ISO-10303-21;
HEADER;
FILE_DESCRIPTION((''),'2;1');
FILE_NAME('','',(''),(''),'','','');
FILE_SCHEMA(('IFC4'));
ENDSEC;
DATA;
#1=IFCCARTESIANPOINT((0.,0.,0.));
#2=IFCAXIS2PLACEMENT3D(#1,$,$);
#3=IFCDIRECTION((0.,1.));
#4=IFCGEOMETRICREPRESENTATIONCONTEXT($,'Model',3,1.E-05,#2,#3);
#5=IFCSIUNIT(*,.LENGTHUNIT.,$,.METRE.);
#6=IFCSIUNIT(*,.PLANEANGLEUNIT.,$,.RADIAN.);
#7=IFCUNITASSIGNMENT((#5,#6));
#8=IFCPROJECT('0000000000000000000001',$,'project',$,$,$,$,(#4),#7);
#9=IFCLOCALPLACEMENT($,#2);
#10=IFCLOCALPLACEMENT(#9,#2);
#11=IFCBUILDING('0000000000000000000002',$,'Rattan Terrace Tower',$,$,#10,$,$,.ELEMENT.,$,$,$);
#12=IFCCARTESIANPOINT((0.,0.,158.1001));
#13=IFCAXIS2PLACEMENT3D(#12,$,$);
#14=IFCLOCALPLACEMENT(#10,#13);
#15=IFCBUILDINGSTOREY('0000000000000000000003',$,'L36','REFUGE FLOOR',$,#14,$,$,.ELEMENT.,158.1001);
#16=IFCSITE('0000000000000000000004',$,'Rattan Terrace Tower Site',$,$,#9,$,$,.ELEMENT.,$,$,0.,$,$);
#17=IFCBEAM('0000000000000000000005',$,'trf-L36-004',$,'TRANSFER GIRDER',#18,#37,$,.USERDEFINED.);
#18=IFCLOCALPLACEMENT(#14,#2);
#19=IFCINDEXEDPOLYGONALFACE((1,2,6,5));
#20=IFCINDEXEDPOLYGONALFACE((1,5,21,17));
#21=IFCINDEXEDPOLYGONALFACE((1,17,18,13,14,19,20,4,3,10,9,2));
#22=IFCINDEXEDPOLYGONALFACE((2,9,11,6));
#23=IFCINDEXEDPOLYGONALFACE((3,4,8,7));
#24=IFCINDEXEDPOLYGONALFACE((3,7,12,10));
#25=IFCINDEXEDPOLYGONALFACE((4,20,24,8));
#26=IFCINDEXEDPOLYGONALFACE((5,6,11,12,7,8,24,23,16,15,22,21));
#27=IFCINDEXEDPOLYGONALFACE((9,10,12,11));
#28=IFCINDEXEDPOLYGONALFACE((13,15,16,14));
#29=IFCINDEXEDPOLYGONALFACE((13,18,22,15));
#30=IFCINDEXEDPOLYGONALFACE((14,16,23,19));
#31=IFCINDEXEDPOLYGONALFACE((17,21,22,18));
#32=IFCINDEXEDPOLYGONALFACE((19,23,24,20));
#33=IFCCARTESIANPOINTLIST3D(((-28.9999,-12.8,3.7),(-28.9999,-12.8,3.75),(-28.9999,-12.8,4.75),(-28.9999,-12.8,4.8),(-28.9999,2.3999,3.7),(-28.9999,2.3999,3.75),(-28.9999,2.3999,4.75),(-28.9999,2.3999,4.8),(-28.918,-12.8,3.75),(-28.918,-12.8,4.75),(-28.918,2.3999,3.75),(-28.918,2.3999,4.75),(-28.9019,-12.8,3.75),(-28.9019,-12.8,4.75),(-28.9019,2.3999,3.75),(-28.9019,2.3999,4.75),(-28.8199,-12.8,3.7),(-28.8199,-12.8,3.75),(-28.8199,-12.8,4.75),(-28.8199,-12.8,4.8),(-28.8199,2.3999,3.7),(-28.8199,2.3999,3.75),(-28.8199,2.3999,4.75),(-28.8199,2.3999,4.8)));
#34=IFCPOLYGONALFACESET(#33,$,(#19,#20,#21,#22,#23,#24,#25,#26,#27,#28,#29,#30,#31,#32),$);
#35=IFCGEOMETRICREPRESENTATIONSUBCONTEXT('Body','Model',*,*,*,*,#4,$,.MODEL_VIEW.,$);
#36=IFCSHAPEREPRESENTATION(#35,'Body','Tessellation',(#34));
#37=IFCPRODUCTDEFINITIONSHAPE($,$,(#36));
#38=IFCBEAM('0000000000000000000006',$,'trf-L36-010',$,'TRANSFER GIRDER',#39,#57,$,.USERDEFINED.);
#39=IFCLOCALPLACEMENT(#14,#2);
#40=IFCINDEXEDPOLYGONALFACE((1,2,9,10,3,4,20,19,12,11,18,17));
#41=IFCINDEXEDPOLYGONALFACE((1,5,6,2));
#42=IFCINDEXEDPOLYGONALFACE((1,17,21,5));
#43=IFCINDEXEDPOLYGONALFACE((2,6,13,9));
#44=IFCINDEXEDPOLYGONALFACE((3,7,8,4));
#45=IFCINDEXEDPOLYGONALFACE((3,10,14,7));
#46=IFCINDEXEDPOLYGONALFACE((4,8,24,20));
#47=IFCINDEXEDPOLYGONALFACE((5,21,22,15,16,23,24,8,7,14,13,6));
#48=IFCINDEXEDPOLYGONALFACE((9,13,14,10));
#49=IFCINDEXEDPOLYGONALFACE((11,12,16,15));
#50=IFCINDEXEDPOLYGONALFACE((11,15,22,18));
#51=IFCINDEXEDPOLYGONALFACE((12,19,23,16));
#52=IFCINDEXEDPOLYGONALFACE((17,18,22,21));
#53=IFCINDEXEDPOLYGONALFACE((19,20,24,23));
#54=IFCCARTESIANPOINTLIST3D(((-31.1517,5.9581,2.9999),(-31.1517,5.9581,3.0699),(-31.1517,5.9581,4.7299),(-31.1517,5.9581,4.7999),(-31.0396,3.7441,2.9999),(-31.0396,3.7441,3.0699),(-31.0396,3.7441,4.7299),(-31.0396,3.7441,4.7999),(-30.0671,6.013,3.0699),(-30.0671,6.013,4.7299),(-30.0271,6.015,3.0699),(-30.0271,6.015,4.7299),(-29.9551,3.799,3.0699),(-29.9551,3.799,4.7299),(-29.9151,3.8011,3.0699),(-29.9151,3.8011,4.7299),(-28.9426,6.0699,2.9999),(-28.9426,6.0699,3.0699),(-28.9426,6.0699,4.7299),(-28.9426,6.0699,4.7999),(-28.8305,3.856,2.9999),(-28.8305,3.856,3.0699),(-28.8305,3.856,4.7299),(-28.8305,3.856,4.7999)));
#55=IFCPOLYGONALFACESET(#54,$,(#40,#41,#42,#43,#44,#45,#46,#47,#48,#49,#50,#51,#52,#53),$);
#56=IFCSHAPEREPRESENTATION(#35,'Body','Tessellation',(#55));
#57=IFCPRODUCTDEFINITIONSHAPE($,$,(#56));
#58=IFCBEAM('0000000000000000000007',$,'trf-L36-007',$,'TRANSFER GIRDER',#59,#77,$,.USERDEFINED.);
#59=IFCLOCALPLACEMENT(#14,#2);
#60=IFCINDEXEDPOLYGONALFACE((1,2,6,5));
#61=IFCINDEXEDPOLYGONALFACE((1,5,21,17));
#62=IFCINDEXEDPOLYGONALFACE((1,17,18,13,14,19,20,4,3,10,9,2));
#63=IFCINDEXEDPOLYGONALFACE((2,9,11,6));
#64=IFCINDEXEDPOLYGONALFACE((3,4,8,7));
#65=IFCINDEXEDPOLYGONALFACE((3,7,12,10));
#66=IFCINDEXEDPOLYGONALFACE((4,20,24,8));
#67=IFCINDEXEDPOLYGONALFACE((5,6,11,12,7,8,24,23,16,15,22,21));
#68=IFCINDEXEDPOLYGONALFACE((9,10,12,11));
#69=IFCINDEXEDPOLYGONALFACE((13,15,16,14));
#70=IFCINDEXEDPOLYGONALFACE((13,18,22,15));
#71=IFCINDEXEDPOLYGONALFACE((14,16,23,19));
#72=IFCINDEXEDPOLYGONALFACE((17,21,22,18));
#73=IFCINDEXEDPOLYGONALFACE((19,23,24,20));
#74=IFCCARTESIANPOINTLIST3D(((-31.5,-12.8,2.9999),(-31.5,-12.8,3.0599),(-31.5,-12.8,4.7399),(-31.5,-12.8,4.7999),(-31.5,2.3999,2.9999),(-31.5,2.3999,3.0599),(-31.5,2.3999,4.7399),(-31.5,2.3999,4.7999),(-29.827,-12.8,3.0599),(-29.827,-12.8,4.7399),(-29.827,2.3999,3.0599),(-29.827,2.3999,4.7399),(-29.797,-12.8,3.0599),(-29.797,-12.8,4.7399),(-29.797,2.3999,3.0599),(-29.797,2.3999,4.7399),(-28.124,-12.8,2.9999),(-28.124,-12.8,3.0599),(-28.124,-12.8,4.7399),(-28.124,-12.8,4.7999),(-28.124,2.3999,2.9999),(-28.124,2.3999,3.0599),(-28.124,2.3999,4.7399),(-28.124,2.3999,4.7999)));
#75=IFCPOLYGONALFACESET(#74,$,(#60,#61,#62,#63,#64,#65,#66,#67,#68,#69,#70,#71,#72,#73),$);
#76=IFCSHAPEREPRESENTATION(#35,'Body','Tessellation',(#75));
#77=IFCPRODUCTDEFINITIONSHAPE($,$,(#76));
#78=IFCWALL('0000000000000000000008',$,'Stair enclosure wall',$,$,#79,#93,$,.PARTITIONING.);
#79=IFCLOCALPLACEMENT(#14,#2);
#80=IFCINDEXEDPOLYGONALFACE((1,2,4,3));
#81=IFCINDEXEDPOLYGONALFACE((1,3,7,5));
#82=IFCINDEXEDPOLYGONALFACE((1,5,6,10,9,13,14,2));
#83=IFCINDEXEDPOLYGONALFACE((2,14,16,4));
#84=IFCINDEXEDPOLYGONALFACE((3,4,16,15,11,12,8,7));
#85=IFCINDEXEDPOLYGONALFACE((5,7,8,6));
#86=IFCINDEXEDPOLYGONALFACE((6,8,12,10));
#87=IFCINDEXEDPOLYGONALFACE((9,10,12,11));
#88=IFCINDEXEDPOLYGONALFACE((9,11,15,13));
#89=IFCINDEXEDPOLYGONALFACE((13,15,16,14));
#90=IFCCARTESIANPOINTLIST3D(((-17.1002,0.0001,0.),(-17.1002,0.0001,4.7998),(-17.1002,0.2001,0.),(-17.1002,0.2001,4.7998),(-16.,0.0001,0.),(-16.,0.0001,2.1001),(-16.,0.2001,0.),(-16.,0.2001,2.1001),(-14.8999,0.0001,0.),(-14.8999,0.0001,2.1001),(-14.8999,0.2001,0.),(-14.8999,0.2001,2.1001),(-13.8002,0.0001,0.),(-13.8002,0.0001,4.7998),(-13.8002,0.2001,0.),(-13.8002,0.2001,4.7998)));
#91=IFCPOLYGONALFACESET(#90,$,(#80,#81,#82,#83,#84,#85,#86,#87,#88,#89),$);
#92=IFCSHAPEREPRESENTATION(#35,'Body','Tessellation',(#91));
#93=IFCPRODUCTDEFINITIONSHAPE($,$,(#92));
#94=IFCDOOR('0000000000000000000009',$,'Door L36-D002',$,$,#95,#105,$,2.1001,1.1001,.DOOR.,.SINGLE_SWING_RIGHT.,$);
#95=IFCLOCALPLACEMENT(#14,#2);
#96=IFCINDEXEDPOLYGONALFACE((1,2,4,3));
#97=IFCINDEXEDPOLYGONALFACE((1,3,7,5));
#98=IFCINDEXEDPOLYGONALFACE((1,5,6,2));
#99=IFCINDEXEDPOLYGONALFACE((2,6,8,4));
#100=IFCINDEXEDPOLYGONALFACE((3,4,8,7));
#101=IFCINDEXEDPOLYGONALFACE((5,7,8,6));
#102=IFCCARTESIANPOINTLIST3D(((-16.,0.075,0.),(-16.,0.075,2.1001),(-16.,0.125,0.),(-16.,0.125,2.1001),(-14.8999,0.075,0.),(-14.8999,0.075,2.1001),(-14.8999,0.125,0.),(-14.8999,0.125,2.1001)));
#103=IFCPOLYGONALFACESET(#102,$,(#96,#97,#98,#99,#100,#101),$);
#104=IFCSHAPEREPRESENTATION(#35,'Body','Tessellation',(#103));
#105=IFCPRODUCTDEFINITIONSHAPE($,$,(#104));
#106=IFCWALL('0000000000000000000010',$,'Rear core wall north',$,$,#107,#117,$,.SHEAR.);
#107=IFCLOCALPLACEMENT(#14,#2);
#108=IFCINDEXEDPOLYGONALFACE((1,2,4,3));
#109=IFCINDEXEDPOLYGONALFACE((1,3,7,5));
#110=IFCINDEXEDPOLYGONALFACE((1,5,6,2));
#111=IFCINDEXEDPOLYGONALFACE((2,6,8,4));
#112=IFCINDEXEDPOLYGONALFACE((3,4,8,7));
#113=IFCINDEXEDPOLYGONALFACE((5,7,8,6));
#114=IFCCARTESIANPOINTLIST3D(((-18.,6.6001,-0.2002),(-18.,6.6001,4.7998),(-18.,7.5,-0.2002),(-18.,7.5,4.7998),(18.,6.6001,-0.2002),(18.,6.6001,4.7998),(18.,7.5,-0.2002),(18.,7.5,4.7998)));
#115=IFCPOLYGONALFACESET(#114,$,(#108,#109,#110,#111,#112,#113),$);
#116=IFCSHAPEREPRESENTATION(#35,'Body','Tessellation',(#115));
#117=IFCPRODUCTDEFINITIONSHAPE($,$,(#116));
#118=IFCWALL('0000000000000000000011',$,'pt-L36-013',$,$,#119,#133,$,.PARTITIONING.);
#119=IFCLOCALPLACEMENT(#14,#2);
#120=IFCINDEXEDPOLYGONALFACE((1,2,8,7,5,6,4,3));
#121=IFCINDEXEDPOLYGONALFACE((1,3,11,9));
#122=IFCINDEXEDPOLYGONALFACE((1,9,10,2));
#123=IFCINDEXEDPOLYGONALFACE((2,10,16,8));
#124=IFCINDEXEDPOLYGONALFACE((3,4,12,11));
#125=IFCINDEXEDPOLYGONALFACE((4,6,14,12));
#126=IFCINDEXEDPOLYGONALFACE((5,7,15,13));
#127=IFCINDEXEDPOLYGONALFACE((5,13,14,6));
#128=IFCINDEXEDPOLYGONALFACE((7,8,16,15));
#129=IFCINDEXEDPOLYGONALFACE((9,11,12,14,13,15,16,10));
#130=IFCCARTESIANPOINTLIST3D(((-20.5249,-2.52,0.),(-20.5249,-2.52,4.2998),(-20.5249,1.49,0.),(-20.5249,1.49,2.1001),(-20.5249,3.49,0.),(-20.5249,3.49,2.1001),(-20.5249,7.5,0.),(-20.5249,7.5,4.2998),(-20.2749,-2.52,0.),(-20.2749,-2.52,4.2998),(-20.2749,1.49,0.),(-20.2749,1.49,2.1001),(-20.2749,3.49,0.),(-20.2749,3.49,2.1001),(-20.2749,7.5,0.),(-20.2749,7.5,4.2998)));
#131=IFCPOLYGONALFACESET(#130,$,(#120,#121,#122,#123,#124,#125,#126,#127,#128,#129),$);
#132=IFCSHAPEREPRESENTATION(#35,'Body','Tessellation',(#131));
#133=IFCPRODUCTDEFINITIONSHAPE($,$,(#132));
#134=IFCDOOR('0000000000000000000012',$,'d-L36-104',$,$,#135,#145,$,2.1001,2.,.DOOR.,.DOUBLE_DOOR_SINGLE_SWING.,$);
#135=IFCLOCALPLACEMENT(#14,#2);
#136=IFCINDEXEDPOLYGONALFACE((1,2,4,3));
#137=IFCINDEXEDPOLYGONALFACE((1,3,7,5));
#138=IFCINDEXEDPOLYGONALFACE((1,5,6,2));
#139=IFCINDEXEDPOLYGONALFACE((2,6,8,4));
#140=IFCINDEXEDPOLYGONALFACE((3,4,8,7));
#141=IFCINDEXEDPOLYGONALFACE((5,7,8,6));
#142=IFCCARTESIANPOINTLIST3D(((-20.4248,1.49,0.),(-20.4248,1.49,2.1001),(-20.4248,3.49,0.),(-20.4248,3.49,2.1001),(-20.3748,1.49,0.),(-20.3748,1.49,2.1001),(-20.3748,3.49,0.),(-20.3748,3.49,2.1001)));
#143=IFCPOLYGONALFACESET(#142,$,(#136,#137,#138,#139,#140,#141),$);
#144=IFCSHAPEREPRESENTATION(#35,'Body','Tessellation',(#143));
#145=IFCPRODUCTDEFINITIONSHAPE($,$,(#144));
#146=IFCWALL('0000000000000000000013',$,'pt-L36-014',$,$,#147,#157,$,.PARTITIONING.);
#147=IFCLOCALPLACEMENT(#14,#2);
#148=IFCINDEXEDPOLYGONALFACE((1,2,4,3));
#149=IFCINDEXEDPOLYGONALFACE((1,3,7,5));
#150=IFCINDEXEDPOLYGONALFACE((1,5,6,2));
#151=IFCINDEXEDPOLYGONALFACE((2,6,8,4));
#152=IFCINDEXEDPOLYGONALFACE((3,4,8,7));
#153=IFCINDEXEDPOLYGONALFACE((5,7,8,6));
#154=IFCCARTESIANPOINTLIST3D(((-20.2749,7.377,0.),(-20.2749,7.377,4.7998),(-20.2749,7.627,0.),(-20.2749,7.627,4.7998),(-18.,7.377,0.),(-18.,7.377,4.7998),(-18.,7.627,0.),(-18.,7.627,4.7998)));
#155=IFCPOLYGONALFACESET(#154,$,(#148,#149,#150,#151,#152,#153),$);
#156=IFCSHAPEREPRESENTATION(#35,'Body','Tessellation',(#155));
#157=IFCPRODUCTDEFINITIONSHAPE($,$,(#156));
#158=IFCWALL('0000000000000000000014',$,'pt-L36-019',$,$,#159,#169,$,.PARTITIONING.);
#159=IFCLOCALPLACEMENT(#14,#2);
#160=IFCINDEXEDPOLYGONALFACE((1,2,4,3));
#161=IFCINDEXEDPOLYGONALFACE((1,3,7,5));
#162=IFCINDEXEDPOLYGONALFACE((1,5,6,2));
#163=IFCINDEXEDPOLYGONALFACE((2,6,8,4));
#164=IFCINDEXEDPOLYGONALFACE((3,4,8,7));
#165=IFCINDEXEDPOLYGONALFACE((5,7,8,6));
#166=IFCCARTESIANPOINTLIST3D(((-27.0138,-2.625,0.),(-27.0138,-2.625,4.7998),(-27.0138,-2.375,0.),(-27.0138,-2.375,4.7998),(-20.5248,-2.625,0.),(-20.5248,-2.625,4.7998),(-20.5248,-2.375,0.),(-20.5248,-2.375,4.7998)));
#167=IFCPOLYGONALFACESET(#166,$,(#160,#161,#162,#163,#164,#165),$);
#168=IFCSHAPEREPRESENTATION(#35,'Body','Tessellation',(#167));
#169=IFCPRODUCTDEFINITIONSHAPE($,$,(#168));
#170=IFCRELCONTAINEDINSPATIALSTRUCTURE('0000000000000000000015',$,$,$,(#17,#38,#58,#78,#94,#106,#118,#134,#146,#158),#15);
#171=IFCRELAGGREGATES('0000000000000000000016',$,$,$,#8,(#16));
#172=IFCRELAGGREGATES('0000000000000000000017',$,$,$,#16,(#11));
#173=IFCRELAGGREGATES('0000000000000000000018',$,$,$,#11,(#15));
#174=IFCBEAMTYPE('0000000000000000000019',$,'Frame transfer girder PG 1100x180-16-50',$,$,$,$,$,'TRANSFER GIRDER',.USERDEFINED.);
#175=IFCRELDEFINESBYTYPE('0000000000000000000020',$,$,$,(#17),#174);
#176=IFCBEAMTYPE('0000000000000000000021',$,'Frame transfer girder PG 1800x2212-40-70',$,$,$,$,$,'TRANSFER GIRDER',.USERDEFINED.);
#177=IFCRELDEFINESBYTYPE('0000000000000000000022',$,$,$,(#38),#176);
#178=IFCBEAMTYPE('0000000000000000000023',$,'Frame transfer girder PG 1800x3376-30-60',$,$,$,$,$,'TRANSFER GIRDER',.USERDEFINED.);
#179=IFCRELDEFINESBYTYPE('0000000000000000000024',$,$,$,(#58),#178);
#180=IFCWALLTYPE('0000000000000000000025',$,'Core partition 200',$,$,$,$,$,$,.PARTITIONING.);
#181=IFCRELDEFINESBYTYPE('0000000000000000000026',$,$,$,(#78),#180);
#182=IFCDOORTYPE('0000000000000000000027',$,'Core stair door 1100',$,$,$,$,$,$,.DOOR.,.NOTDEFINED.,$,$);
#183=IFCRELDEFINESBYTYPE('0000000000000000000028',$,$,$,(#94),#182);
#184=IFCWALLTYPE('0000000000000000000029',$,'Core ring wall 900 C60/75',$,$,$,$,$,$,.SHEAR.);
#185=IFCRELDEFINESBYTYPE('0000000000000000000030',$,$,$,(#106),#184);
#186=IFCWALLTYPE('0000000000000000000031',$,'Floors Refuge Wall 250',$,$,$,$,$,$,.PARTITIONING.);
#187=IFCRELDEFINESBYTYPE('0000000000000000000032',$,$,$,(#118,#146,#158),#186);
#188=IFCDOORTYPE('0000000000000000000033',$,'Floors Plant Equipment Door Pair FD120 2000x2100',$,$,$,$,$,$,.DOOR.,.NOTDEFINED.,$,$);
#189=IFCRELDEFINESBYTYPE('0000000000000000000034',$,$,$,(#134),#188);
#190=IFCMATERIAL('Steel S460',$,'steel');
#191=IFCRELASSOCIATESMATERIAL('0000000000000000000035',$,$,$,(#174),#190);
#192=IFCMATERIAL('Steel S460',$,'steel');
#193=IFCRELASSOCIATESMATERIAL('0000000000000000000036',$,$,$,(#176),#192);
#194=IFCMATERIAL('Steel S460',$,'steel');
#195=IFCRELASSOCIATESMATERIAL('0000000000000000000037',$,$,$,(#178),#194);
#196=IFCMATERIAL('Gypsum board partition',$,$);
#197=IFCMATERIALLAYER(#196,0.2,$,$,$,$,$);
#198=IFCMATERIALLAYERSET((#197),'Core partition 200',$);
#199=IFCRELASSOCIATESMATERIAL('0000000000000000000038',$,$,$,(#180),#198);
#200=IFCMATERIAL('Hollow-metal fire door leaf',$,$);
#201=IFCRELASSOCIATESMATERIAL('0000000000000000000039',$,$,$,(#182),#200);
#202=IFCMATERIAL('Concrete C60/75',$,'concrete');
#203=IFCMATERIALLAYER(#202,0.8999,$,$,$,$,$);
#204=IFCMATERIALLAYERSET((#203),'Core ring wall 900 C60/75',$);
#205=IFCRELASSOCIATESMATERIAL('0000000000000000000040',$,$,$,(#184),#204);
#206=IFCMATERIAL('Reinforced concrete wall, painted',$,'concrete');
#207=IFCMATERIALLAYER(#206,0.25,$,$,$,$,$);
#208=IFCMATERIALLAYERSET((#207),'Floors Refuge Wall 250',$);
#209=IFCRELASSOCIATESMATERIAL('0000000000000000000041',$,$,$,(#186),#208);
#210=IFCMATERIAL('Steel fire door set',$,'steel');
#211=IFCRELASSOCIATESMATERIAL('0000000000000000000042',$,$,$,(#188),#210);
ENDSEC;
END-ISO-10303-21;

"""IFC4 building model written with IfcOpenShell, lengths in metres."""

from ifc_helpers import new_model, si_unit, direction, frame, frame_2d, origin, origin_2d, place, context, subcontext, project, spatial, rectangle, i_section, extrude, material, layer, layer_set, material_profile, profile_set, type_object, element, fill, save


model = new_model("IFC4")

# Units and contexts
model_context = context("Model", 3, precision=1e-05, world=origin(), true_north=direction((0.0, 1.0)))
body_context = subcontext(model_context, "Body", "Model", "MODEL_VIEW")
ifc_project = project(units=[si_unit("LENGTHUNIT", "METRE"), si_unit("PLANEANGLEUNIT", "RADIAN")], contexts=[model_context])

# Site, building, storey
site_placement = place(None, origin())
site = spatial("IfcSite", under=ifc_project, at=site_placement, Name="Rattan Terrace Tower Site", CompositionType="ELEMENT", RefElevation=0.0)
building_placement = place(site_placement, origin())
building = spatial("IfcBuilding", under=site, at=building_placement, Name="Rattan Terrace Tower", CompositionType="ELEMENT")
storey_placement = place(building_placement, frame((0.0, 0.0, 158.1001)))
storey = spatial("IfcBuildingStorey", under=building, at=storey_placement, Name="L36", Description="REFUGE FLOOR", CompositionType="ELEMENT", Elevation=158.1001)

# Beams
ifc_material_1 = material(Name="Steel S460", Category="steel")
ifc_material_profile_1 = material_profile(ifc_material_1, i_section(OverallWidth=0.1799, OverallDepth=1.1001, WebThickness=0.0161, FlangeThickness=0.05, at=origin_2d()), Name="PG 1100x180-16-50")
ifc_profile_set_1 = profile_set([ifc_material_profile_1], Name="Steel S460")
beam_type_1 = type_object("IfcBeamType", Name="Frame transfer girder PG 1100x180-16-50", ElementType="TRANSFER GIRDER", PredefinedType="USERDEFINED", material=ifc_profile_set_1)
beam_1_placement = place(storey_placement, frame((-28.9099, 2.3999, 4.25), z_axis=(0.0, -1.0, 0.0), x_axis=(1.0, 0.0, 0.0)))
element("IfcBeam", 1, at=beam_1_placement, inside=storey, type_object=beam_type_1, Name="trf-L36-004", ObjectType="TRANSFER GIRDER", PredefinedType="USERDEFINED", context=body_context, shape_type="SweptSolid", body=[
    extrude(i_section(OverallWidth=0.1799, OverallDepth=1.1001, WebThickness=0.0161, FlangeThickness=0.05, at=origin_2d()), origin(), (0.0, 0.0, 1.0), 15.2),
])
ifc_material_2 = material(Name="Steel S460", Category="steel")
ifc_material_profile_2 = material_profile(ifc_material_2, i_section(OverallWidth=2.2119, OverallDepth=1.8, WebThickness=0.04, FlangeThickness=0.0701, at=origin_2d()), Name="PG 1800x2212-40-70")
ifc_profile_set_2 = profile_set([ifc_material_profile_2], Name="Steel S460")
beam_type_2 = type_object("IfcBeamType", Name="Frame transfer girder PG 1800x2212-40-70", ElementType="TRANSFER GIRDER", PredefinedType="USERDEFINED", material=ifc_profile_set_2)
beam_2_placement = place(storey_placement, frame((-29.9351, 3.8, 3.8999), z_axis=(-0.050553, 0.998721, 0.0), x_axis=(-0.998721, -0.050553, 0.0)))
element("IfcBeam", 2, at=beam_2_placement, inside=storey, type_object=beam_type_2, Name="trf-L36-010", ObjectType="TRANSFER GIRDER", PredefinedType="USERDEFINED", context=body_context, shape_type="SweptSolid", body=[
    extrude(i_section(OverallWidth=2.2119, OverallDepth=1.8, WebThickness=0.04, FlangeThickness=0.0701, at=origin_2d()), origin(), (0.0, 0.0, 1.0), 2.2168),
])
ifc_material_3 = material(Name="Steel S460", Category="steel")
ifc_material_profile_3 = material_profile(ifc_material_3, i_section(OverallWidth=3.376, OverallDepth=1.8, WebThickness=0.03, FlangeThickness=0.0601, at=origin_2d()), Name="PG 1800x3376-30-60")
ifc_profile_set_3 = profile_set([ifc_material_profile_3], Name="Steel S460")
beam_type_3 = type_object("IfcBeamType", Name="Frame transfer girder PG 1800x3376-30-60", ElementType="TRANSFER GIRDER", PredefinedType="USERDEFINED", material=ifc_profile_set_3)
beam_3_placement = place(storey_placement, frame((-29.812, 2.3999, 3.8999), z_axis=(0.0, -1.0, 0.0), x_axis=(1.0, 0.0, 0.0)))
element("IfcBeam", 3, at=beam_3_placement, inside=storey, type_object=beam_type_3, Name="trf-L36-007", ObjectType="TRANSFER GIRDER", PredefinedType="USERDEFINED", context=body_context, shape_type="SweptSolid", body=[
    extrude(i_section(OverallWidth=3.376, OverallDepth=1.8, WebThickness=0.03, FlangeThickness=0.0601, at=origin_2d()), origin(), (0.0, 0.0, 1.0), 15.2),
])

# Wall, opening, door
ifc_material_4 = material(Name="Gypsum board partition")
ifc_layer_1 = layer(ifc_material_4, 0.2)
ifc_layer_set_1 = layer_set([ifc_layer_1], Name="Core partition 200")
wall_type_1 = type_object("IfcWallType", Name="Core partition 200", PredefinedType="PARTITIONING", material=ifc_layer_set_1)
wall_1_placement = place(storey_placement, frame((-17.1001, 0.1001, 0.0), z_axis=(0.0, 0.0, 1.0), x_axis=(1.0, 0.0, 0.0)))
wall_1 = element("IfcWall", 4, at=wall_1_placement, inside=storey, type_object=wall_type_1, Name="Stair enclosure wall", PredefinedType="PARTITIONING", context=body_context, shape_type="SweptSolid", body=[
    extrude(rectangle(XDim=3.3, YDim=0.2, at=frame_2d((1.6499, 0.0))), origin(), (0.0, 0.0, 1.0), 4.7998),
])
opening_1_placement = place(wall_1_placement, frame((1.1001, 0.0, 0.0)))
opening_1 = element("IfcOpeningElement", 5, at=opening_1_placement, cuts=wall_1, PredefinedType="OPENING", context=body_context, shape_type="SweptSolid", body=[
    extrude(rectangle(XDim=1.1001, YDim=2.1001, at=frame_2d((0.55, 1.05))), frame((0.0, 0.1106, 0.0), z_axis=(0.0, -1.0, 0.0), x_axis=(1.0, 0.0, 0.0)), (0.0, 0.0, 1.0), 0.2209),
])
ifc_material_5 = material(Name="Hollow-metal fire door leaf")
door_type_1 = type_object("IfcDoorType", Name="Core stair door 1100", OperationType="NOTDEFINED", PredefinedType="DOOR", material=ifc_material_5)
door_1_placement = place(opening_1_placement, origin())
door_1 = element("IfcDoor", 6, at=door_1_placement, inside=storey, type_object=door_type_1, Name="Door L36-D002", OperationType="SINGLE_SWING_RIGHT", OverallHeight=2.1001, OverallWidth=1.1001, PredefinedType="DOOR", context=body_context, shape_type="SweptSolid", body=[
    extrude(rectangle(XDim=1.1001, YDim=2.1001, at=frame_2d((0.55, 1.05))), frame((0.0, 0.0249, 0.0), z_axis=(0.0, -1.0, 0.0), x_axis=(1.0, 0.0, 0.0)), (0.0, 0.0, 1.0), 0.05),
])
fill(opening_1, door_1)

# Wall
ifc_material_6 = material(Name="Concrete C60/75", Category="concrete")
ifc_layer_2 = layer(ifc_material_6, 0.8999)
ifc_layer_set_2 = layer_set([ifc_layer_2], Name="Core ring wall 900 C60/75")
wall_type_2 = type_object("IfcWallType", Name="Core ring wall 900 C60/75", PredefinedType="SHEAR", material=ifc_layer_set_2)
wall_2_placement = place(storey_placement, frame((-18.0, 7.05, -0.2002), z_axis=(0.0, 0.0, 1.0), x_axis=(1.0, 0.0, 0.0)))
element("IfcWall", 7, at=wall_2_placement, inside=storey, type_object=wall_type_2, Name="Rear core wall north", PredefinedType="SHEAR", context=body_context, shape_type="SweptSolid", body=[
    extrude(rectangle(XDim=36.0, YDim=0.8999, at=frame_2d((18.0, 0.0))), origin(), (0.0, 0.0, 1.0), 5.0),
])

# Wall, opening, door
ifc_material_7 = material(Name="Reinforced concrete wall, painted", Category="concrete")
ifc_layer_3 = layer(ifc_material_7, 0.25)
ifc_layer_set_3 = layer_set([ifc_layer_3], Name="Floors Refuge Wall 250")
wall_type_3 = type_object("IfcWallType", Name="Floors Refuge Wall 250", PredefinedType="PARTITIONING", material=ifc_layer_set_3)
wall_3_placement = place(storey_placement, frame((-20.3999, -2.52, 0.0), z_axis=(0.0, 0.0, 1.0), x_axis=(0.0, 1.0, 0.0)))
wall_3 = element("IfcWall", 8, at=wall_3_placement, inside=storey, type_object=wall_type_3, Name="pt-L36-013", PredefinedType="PARTITIONING", context=body_context, shape_type="SweptSolid", body=[
    extrude(rectangle(XDim=10.02, YDim=0.25, at=frame_2d((5.01, 0.0))), origin(), (0.0, 0.0, 1.0), 4.2998),
])
opening_2_placement = place(wall_3_placement, frame((4.01, 0.0, 0.0)))
opening_2 = element("IfcOpeningElement", 9, at=opening_2_placement, cuts=wall_3, PredefinedType="OPENING", context=body_context, shape_type="SweptSolid", body=[
    extrude(rectangle(XDim=2.0, YDim=2.1001, at=frame_2d((1.0, 1.05))), frame((0.0, 0.1355, 0.0), z_axis=(0.0, -1.0, 0.0), x_axis=(1.0, 0.0, 0.0)), (0.0, 0.0, 1.0), 0.271),
])
ifc_material_8 = material(Name="Steel fire door set", Category="steel")
door_type_2 = type_object("IfcDoorType", Name="Floors Plant Equipment Door Pair FD120 2000x2100", OperationType="NOTDEFINED", PredefinedType="DOOR", material=ifc_material_8)
door_2_placement = place(opening_2_placement, origin())
door_2 = element("IfcDoor", 10, at=door_2_placement, inside=storey, type_object=door_type_2, Name="d-L36-104", OperationType="DOUBLE_DOOR_SINGLE_SWING", OverallHeight=2.1001, OverallWidth=2.0, PredefinedType="DOOR", context=body_context, shape_type="SweptSolid", body=[
    extrude(rectangle(XDim=2.0, YDim=2.1001, at=frame_2d((1.0, 1.05))), frame((0.0, 0.0249, 0.0), z_axis=(0.0, -1.0, 0.0), x_axis=(1.0, 0.0, 0.0)), (0.0, 0.0, 1.0), 0.05),
])
fill(opening_2, door_2)

# Walls
wall_4_placement = place(storey_placement, frame((-20.2749, 7.502, 0.0), z_axis=(0.0, 0.0, 1.0), x_axis=(1.0, 0.0, 0.0)))
element("IfcWall", 11, at=wall_4_placement, inside=storey, type_object=wall_type_3, Name="pt-L36-014", PredefinedType="PARTITIONING", context=body_context, shape_type="SweptSolid", body=[
    extrude(rectangle(XDim=2.2749, YDim=0.25, at=frame_2d((1.1375, 0.0))), origin(), (0.0, 0.0, 1.0), 4.7998),
])
wall_5_placement = place(storey_placement, frame((-27.0139, -2.5, 0.0), z_axis=(0.0, 0.0, 1.0), x_axis=(1.0, 0.0, 0.0)))
element("IfcWall", 12, at=wall_5_placement, inside=storey, type_object=wall_type_3, Name="pt-L36-019", PredefinedType="PARTITIONING", context=body_context, shape_type="SweptSolid", body=[
    extrude(rectangle(XDim=6.489, YDim=0.25, at=frame_2d((3.2446, 0.0))), origin(), (0.0, 0.0, 1.0), 4.7998),
])

save(model, "model.ifc")
